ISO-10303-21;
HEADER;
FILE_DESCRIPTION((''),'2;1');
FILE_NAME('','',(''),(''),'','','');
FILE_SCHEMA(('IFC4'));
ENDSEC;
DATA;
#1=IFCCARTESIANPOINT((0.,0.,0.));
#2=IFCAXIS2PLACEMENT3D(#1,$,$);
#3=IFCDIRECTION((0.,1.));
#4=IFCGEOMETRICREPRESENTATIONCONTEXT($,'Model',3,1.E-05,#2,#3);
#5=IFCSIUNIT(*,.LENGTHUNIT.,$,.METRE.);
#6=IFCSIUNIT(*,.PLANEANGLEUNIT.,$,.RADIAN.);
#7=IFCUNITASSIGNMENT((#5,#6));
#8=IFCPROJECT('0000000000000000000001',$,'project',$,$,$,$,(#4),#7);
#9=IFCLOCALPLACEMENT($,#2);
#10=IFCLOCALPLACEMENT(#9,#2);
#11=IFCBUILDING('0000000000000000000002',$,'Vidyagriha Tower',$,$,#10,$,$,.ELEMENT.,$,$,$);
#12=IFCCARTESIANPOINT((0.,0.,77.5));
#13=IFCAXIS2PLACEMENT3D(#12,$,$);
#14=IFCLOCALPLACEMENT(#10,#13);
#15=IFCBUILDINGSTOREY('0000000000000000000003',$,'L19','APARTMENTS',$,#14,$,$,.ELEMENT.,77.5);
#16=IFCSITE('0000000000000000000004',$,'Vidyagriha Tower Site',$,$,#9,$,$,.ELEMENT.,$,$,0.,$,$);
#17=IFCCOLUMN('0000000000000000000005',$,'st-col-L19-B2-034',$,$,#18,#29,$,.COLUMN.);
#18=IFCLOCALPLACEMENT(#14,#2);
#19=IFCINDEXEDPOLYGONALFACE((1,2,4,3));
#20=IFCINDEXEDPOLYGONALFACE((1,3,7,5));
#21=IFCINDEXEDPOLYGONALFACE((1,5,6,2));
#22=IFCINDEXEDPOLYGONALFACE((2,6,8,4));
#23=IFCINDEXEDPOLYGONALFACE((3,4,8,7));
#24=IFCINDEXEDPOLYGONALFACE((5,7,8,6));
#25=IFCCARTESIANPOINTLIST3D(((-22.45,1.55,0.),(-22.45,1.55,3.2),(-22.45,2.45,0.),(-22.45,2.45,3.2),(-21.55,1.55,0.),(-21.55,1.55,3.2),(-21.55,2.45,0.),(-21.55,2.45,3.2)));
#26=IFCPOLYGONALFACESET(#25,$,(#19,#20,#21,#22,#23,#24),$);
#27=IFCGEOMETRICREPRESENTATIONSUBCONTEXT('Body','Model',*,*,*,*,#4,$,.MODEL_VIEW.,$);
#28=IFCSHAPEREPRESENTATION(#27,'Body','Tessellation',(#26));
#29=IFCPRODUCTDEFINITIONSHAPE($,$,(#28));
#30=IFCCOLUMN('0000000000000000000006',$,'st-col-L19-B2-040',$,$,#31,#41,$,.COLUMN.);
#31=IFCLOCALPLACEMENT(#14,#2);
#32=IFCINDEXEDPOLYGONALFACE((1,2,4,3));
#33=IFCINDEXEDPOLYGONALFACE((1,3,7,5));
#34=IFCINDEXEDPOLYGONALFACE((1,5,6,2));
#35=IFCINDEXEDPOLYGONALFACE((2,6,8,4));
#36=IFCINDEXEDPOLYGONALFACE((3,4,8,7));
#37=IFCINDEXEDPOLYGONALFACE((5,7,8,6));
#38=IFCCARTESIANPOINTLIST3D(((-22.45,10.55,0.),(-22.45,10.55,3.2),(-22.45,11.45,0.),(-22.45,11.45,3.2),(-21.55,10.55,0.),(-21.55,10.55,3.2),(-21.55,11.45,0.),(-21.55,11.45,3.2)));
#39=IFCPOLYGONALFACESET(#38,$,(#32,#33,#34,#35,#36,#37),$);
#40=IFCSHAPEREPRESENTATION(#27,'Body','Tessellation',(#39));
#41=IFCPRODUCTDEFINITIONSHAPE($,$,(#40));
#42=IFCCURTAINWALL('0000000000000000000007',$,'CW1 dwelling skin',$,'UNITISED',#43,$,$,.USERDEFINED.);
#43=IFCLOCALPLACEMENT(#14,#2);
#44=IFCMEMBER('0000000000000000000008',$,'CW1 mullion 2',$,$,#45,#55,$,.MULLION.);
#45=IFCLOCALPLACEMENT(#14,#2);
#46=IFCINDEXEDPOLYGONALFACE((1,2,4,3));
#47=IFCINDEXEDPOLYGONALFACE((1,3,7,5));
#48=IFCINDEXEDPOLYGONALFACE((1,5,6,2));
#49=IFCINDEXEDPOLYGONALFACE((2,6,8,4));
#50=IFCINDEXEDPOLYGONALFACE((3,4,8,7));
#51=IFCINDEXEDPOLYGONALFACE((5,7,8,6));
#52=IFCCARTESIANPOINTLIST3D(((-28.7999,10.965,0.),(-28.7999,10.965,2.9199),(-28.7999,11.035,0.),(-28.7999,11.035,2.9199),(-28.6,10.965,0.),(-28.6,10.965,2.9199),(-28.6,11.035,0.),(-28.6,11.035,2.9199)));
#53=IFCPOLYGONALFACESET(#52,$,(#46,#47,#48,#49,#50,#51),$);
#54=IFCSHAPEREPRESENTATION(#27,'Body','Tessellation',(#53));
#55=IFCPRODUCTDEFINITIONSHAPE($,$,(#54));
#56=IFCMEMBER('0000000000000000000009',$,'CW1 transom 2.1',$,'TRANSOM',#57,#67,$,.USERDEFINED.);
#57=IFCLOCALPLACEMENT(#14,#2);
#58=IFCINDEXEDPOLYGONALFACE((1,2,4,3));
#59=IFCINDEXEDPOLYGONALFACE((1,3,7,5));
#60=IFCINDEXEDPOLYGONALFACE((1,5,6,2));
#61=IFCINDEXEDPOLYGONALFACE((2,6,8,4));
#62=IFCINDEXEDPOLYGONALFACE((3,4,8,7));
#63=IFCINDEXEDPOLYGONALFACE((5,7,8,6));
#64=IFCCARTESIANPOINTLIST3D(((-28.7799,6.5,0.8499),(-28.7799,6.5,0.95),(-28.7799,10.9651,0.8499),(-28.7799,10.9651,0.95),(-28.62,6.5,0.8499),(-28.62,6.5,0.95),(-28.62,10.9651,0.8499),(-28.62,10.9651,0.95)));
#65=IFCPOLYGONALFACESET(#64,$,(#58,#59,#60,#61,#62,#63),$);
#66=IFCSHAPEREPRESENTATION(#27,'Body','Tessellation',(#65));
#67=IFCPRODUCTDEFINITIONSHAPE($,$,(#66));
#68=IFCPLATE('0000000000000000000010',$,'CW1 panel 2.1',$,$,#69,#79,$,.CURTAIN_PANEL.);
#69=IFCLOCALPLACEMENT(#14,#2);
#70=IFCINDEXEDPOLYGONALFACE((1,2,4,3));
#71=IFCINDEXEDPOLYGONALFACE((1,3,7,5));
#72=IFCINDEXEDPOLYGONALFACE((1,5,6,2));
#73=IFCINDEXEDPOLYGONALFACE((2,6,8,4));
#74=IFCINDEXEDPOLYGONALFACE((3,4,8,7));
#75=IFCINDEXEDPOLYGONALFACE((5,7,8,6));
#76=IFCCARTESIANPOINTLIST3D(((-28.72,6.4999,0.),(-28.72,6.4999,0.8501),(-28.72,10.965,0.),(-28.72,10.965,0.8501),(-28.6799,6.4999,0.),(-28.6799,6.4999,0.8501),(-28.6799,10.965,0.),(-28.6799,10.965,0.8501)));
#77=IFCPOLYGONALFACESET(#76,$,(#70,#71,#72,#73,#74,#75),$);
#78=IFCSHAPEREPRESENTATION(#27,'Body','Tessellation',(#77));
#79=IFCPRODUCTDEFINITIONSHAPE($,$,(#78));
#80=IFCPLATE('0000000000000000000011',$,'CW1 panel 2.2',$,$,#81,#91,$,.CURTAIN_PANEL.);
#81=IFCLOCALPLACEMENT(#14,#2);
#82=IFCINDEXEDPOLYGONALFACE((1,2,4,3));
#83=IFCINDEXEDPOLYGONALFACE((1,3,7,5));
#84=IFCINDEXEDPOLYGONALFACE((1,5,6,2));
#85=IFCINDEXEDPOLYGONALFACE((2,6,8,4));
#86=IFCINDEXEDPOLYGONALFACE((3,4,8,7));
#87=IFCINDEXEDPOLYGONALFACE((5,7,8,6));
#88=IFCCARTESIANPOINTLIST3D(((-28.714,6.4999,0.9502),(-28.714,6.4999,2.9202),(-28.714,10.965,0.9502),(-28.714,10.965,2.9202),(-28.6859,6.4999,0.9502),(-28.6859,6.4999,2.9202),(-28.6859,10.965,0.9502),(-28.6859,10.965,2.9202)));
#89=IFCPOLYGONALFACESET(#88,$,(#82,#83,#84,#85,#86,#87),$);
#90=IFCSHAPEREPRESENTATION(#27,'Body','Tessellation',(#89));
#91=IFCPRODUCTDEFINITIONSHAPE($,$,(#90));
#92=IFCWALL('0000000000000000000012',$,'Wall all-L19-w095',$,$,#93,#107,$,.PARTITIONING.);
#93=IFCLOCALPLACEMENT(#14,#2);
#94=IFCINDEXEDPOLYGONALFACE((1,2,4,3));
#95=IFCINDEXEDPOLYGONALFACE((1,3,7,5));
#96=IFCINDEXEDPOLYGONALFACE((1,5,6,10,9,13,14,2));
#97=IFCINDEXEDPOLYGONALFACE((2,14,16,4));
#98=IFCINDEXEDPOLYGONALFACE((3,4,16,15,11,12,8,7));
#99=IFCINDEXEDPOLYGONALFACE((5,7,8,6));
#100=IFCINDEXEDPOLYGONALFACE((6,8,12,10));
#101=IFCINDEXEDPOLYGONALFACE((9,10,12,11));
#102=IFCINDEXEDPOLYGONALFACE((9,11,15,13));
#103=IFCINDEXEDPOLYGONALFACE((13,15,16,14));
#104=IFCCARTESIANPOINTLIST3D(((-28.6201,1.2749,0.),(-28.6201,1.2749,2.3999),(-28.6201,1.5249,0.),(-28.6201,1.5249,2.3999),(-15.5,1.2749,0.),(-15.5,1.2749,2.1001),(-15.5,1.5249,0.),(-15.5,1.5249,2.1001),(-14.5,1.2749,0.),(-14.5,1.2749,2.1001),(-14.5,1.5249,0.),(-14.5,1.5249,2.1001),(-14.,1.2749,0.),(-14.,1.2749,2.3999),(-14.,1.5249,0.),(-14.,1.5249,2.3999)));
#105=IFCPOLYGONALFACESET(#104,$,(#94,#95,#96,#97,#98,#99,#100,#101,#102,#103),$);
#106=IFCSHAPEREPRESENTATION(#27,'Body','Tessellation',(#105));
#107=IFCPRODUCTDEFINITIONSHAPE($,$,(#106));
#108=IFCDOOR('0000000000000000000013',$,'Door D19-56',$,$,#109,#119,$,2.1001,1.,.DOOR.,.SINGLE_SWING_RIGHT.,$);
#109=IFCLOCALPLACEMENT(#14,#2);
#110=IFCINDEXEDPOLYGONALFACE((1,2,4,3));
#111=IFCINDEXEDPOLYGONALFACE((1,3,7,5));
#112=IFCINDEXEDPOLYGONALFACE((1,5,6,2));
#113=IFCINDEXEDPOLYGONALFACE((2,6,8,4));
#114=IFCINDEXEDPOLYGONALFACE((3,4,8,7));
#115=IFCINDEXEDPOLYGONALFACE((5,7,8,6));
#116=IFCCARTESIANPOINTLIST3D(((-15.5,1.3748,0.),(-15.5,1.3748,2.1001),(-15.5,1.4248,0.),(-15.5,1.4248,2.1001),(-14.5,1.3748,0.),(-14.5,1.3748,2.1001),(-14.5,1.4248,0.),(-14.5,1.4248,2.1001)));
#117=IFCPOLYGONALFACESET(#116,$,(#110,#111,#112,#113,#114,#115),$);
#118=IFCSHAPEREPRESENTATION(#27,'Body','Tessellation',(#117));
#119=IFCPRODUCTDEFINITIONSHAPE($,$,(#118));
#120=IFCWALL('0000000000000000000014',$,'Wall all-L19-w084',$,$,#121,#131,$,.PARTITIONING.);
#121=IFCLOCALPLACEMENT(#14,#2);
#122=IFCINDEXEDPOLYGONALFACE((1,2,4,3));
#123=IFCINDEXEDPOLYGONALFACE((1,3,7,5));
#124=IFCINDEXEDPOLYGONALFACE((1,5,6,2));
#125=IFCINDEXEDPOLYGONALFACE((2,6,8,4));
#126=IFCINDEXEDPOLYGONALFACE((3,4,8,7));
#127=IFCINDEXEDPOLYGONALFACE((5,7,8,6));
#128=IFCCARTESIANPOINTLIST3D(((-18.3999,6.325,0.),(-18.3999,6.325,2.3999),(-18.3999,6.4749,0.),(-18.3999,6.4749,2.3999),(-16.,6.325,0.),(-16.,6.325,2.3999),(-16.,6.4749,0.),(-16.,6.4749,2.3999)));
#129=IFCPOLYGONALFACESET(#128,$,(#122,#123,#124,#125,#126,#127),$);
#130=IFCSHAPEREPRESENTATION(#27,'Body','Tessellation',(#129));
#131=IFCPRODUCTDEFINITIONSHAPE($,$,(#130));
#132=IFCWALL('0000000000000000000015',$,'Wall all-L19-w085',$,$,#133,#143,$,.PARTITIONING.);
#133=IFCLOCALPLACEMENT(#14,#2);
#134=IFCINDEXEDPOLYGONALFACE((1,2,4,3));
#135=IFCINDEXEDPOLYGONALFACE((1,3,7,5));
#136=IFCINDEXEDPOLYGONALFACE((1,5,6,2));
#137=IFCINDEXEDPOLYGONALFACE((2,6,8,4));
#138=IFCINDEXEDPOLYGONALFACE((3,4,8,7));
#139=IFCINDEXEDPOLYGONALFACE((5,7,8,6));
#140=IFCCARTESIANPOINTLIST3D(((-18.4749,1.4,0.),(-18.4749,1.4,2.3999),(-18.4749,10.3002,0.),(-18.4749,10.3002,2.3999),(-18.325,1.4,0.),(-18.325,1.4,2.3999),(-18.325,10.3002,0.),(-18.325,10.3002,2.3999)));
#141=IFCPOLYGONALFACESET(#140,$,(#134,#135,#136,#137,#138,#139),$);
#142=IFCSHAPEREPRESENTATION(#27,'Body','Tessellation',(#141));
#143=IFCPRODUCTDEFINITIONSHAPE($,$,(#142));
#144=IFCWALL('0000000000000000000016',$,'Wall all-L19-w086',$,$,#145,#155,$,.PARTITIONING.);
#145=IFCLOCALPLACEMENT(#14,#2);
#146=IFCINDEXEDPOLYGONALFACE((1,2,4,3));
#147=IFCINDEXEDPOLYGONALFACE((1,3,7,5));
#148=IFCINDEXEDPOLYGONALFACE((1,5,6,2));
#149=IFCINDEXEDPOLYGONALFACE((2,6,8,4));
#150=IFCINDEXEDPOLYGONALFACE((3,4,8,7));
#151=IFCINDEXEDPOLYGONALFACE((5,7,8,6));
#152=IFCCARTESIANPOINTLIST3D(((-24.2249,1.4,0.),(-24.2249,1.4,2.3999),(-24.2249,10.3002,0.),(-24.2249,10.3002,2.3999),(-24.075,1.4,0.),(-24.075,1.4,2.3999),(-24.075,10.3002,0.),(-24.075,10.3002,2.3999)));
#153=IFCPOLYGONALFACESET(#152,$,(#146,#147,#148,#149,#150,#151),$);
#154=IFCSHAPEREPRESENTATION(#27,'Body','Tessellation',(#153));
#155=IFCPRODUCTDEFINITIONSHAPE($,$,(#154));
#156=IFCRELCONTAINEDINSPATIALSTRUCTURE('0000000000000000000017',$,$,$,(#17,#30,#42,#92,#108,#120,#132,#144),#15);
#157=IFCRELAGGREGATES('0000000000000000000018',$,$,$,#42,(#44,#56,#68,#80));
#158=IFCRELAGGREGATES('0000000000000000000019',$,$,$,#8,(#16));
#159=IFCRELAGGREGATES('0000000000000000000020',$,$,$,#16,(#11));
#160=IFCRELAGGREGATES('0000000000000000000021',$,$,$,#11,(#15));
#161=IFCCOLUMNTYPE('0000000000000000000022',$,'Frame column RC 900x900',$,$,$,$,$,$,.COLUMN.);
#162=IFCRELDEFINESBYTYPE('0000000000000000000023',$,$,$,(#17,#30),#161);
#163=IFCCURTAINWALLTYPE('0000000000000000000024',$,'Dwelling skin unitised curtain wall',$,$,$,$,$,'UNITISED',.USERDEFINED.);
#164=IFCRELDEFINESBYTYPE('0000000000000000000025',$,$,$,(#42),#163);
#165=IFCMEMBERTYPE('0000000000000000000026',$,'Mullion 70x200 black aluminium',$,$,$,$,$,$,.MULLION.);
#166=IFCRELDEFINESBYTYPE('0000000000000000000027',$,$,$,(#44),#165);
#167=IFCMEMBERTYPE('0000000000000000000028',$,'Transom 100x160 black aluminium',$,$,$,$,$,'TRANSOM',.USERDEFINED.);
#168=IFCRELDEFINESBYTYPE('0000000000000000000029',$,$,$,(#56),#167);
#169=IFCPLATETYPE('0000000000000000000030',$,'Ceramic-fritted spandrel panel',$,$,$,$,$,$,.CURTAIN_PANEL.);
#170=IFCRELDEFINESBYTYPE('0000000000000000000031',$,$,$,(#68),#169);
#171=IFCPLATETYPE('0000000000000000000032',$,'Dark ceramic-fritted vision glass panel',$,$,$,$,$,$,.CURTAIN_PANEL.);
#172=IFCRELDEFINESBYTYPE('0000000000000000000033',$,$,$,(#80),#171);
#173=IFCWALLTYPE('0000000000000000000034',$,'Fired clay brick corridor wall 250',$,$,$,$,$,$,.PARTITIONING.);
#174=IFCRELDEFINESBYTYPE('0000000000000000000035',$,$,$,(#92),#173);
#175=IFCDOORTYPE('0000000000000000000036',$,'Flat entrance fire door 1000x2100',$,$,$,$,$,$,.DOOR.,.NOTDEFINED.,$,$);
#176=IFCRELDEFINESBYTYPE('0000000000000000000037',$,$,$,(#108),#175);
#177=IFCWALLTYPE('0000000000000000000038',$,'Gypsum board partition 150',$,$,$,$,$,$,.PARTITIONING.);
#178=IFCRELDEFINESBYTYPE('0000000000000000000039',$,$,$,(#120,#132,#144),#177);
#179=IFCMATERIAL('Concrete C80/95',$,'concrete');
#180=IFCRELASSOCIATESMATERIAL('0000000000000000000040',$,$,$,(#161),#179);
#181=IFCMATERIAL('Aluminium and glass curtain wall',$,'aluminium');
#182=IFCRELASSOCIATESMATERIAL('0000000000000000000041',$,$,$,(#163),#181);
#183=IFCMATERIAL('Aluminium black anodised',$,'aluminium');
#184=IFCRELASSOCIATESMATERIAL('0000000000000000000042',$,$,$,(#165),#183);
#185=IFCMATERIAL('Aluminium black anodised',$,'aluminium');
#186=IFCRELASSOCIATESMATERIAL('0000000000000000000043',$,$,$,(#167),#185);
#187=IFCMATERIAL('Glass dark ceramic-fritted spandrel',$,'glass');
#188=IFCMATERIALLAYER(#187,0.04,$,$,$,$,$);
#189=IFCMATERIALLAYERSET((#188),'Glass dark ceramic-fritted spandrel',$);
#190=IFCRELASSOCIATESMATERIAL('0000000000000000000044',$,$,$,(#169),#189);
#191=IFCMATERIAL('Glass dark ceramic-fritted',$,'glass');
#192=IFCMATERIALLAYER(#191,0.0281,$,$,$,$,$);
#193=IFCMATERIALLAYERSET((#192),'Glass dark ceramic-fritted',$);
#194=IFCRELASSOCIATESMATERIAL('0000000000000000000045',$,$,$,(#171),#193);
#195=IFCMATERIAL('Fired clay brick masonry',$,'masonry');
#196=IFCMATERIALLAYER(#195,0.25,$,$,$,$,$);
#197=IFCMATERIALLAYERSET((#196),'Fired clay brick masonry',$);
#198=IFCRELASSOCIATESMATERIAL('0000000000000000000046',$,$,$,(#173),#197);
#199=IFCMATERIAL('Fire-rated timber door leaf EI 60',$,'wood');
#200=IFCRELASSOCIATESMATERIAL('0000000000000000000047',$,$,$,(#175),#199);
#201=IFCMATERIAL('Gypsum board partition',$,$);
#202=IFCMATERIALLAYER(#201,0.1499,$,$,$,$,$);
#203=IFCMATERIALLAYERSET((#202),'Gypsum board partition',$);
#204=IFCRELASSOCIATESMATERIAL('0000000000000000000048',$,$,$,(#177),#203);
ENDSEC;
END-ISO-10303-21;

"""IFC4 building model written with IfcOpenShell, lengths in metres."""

from ifc_helpers import new_model, si_unit, direction, frame, frame_2d, origin, origin_2d, place, context, subcontext, project, spatial, rectangle, extrude, material, layer, layer_set, material_profile, profile_set, type_object, element, fill, aggregate, save


model = new_model("IFC4")

# Units and contexts
model_context = context("Model", 3, precision=1e-05, world=origin(), true_north=direction((0.0, 1.0)))
body_context = subcontext(model_context, "Body", "Model", "MODEL_VIEW")
ifc_project = project(units=[si_unit("LENGTHUNIT", "METRE"), si_unit("PLANEANGLEUNIT", "RADIAN")], contexts=[model_context])

# Site, building, storey
site_placement = place(None, origin())
site = spatial("IfcSite", under=ifc_project, at=site_placement, Name="Vidyagriha Tower Site", CompositionType="ELEMENT", RefElevation=0.0)
building_placement = place(site_placement, origin())
building = spatial("IfcBuilding", under=site, at=building_placement, Name="Vidyagriha Tower", CompositionType="ELEMENT")
storey_placement = place(building_placement, frame((0.0, 0.0, 77.5)))
storey = spatial("IfcBuildingStorey", under=building, at=storey_placement, Name="L19", Description="APARTMENTS", CompositionType="ELEMENT", Elevation=77.5)

# Columns
ifc_material_1 = material(Name="Concrete C80/95", Category="concrete")
ifc_material_profile_1 = material_profile(ifc_material_1, rectangle(XDim=0.8999, YDim=0.8999, at=origin_2d()), Name="RC 900x900")
ifc_profile_set_1 = profile_set([ifc_material_profile_1], Name="Concrete C80/95")
column_type = type_object("IfcColumnType", Name="Frame column RC 900x900", PredefinedType="COLUMN", material=ifc_profile_set_1)
for number, where, name in (
    (1, (-22.0, 2.0, 0.0), "st-col-L19-B2-034"),
    (2, (-22.0, 11.0, 0.0), "st-col-L19-B2-040"),
):
    element("IfcColumn", number, at=place(storey_placement, frame(where)), inside=storey, type_object=column_type, Name=name, PredefinedType="COLUMN", context=body_context, shape_type="SweptSolid", body=[
        extrude(rectangle(XDim=0.8999, YDim=0.8999, at=origin_2d()), origin(), (0.0, 0.0, 1.0), 3.2),
    ])

# Curtain wall, members, plates
ifc_material_2 = material(Name="Aluminium and glass curtain wall", Category="aluminium")
curtain_wall_type = type_object("IfcCurtainWallType", Name="Dwelling skin unitised curtain wall", ElementType="UNITISED", PredefinedType="USERDEFINED", material=ifc_material_2)
curtain_wall_placement = place(storey_placement, origin())
curtain_wall = element("IfcCurtainWall", 3, at=curtain_wall_placement, inside=storey, type_object=curtain_wall_type, Name="CW1 dwelling skin", ObjectType="UNITISED", PredefinedType="USERDEFINED")
ifc_material_3 = material(Name="Aluminium black anodised", Category="aluminium")
ifc_material_profile_2 = material_profile(ifc_material_3, rectangle(XDim=0.2, YDim=0.0701, at=origin_2d()), Name="Mullion 70x200 black aluminium")
ifc_profile_set_2 = profile_set([ifc_material_profile_2], Name="Aluminium black anodised")
member_type_1 = type_object("IfcMemberType", Name="Mullion 70x200 black aluminium", PredefinedType="MULLION", material=ifc_profile_set_2)
member_1_placement = place(storey_placement, frame((-28.7, 11.0, 0.0)))
member_1 = element("IfcMember", 4, at=member_1_placement, type_object=member_type_1, Name="CW1 mullion 2", PredefinedType="MULLION", context=body_context, shape_type="SweptSolid", body=[
    extrude(rectangle(XDim=0.2, YDim=0.0701, at=origin_2d()), origin(), (0.0, 0.0, 1.0), 2.9199),
])
ifc_material_4 = material(Name="Aluminium black anodised", Category="aluminium")
ifc_material_profile_3 = material_profile(ifc_material_4, rectangle(XDim=0.1599, YDim=0.1001, at=origin_2d()), Name="Transom 100x160 black aluminium")
ifc_profile_set_3 = profile_set([ifc_material_profile_3], Name="Aluminium black anodised")
member_type_2 = type_object("IfcMemberType", Name="Transom 100x160 black aluminium", ElementType="TRANSOM", PredefinedType="USERDEFINED", material=ifc_profile_set_3)
member_2_placement = place(storey_placement, frame((-28.7, 10.9651, 0.8999), z_axis=(0.0, -1.0, 0.0), x_axis=(1.0, 0.0, 0.0)))
member_2 = element("IfcMember", 5, at=member_2_placement, type_object=member_type_2, Name="CW1 transom 2.1", ObjectType="TRANSOM", PredefinedType="USERDEFINED", context=body_context, shape_type="SweptSolid", body=[
    extrude(rectangle(XDim=0.1599, YDim=0.1001, at=origin_2d()), origin(), (0.0, 0.0, 1.0), 4.4651),
])
ifc_material_5 = material(Name="Glass dark ceramic-fritted spandrel", Category="glass")
ifc_layer_1 = layer(ifc_material_5, 0.04)
ifc_layer_set_1 = layer_set([ifc_layer_1], Name="Glass dark ceramic-fritted spandrel")
plate_type_1 = type_object("IfcPlateType", Name="Ceramic-fritted spandrel panel", PredefinedType="CURTAIN_PANEL", material=ifc_layer_set_1)
plate_1_placement = place(storey_placement, frame((-28.7, 8.7324, 0.0), z_axis=(0.0, 0.0, 1.0), x_axis=(0.0, -1.0, 0.0)))
plate_1 = element("IfcPlate", 6, at=plate_1_placement, type_object=plate_type_1, Name="CW1 panel 2.1", PredefinedType="CURTAIN_PANEL", context=body_context, shape_type="SweptSolid", body=[
    extrude(rectangle(XDim=4.4651, YDim=0.04, at=origin_2d()), origin(), (0.0, 0.0, 1.0), 0.8501),
])
ifc_material_6 = material(Name="Glass dark ceramic-fritted", Category="glass")
ifc_layer_2 = layer(ifc_material_6, 0.0281)
ifc_layer_set_2 = layer_set([ifc_layer_2], Name="Glass dark ceramic-fritted")
plate_type_2 = type_object("IfcPlateType", Name="Dark ceramic-fritted vision glass panel", PredefinedType="CURTAIN_PANEL", material=ifc_layer_set_2)
plate_2_placement = place(storey_placement, frame((-28.7, 8.7324, 0.9502), z_axis=(0.0, 0.0, 1.0), x_axis=(0.0, -1.0, 0.0)))
plate_2 = element("IfcPlate", 7, at=plate_2_placement, type_object=plate_type_2, Name="CW1 panel 2.2", PredefinedType="CURTAIN_PANEL", context=body_context, shape_type="SweptSolid", body=[
    extrude(rectangle(XDim=4.4651, YDim=0.0281, at=origin_2d()), origin(), (0.0, 0.0, 1.0), 1.97),
])
aggregate(curtain_wall, [member_1, member_2, plate_1, plate_2])

# Wall, opening, door
ifc_material_7 = material(Name="Fired clay brick masonry", Category="masonry")
ifc_layer_3 = layer(ifc_material_7, 0.25)
ifc_layer_set_3 = layer_set([ifc_layer_3], Name="Fired clay brick masonry")
wall_type_1 = type_object("IfcWallType", Name="Fired clay brick corridor wall 250", PredefinedType="PARTITIONING", material=ifc_layer_set_3)
wall_1_placement = place(storey_placement, frame((-28.6201, 1.3999, 0.0)))
wall_1 = element("IfcWall", 8, at=wall_1_placement, inside=storey, type_object=wall_type_1, Name="Wall all-L19-w095", PredefinedType="PARTITIONING", context=body_context, shape_type="SweptSolid", body=[
    extrude(rectangle(XDim=14.6201, YDim=0.25, at=frame_2d((7.3101, 0.0))), origin(), (0.0, 0.0, 1.0), 2.3999),
])
opening_1_placement = place(wall_1_placement, frame((13.1201, 0.0, 0.0)))
opening_1 = element("IfcOpeningElement", 9, at=opening_1_placement, cuts=wall_1, PredefinedType="OPENING", context=body_context, shape_type="SweptSolid", body=[
    extrude(rectangle(XDim=1.0, YDim=2.1001, at=frame_2d((0.5, 1.05))), frame((0.0, 0.135, 0.0), z_axis=(0.0, -1.0, 0.0), x_axis=(1.0, 0.0, 0.0)), (0.0, 0.0, 1.0), 0.27),
])
ifc_material_8 = material(Name="Fire-rated timber door leaf EI 60", Category="wood")
door_type_1 = type_object("IfcDoorType", Name="Flat entrance fire door 1000x2100", OperationType="NOTDEFINED", PredefinedType="DOOR", material=ifc_material_8)
door_1_placement = place(opening_1_placement, origin())
door_1 = element("IfcDoor", 10, at=door_1_placement, inside=storey, type_object=door_type_1, Name="Door D19-56", OperationType="SINGLE_SWING_RIGHT", OverallHeight=2.1001, OverallWidth=1.0, PredefinedType="DOOR", context=body_context, shape_type="SweptSolid", body=[
    extrude(rectangle(XDim=1.0, YDim=2.1001, at=frame_2d((0.5, 1.05))), frame((0.0, 0.0249, 0.0), z_axis=(0.0, -1.0, 0.0), x_axis=(1.0, 0.0, 0.0)), (0.0, 0.0, 1.0), 0.05),
])
fill(opening_1, door_1)

# Walls
ifc_material_9 = material(Name="Gypsum board partition")
ifc_layer_4 = layer(ifc_material_9, 0.1499)
ifc_layer_set_4 = layer_set([ifc_layer_4], Name="Gypsum board partition")
wall_type_2 = type_object("IfcWallType", Name="Gypsum board partition 150", PredefinedType="PARTITIONING", material=ifc_layer_set_4)
wall_2_placement = place(storey_placement, frame((-18.3999, 6.3999, 0.0)))
element("IfcWall", 11, at=wall_2_placement, inside=storey, type_object=wall_type_2, Name="Wall all-L19-w084", PredefinedType="PARTITIONING", context=body_context, shape_type="SweptSolid", body=[
    extrude(rectangle(XDim=2.3999, YDim=0.1499, at=frame_2d((1.2, 0.0))), origin(), (0.0, 0.0, 1.0), 2.3999),
])
for number, where, z_axis, x_axis, name in (
    (12, (-18.3999, 1.3999, 0.0), (0.0, 0.0, 1.0), (0.0, 1.0, 0.0), "Wall all-L19-w085"),
    (13, (-24.1499, 1.3999, 0.0), (0.0, 0.0, 1.0), (0.0, 1.0, 0.0), "Wall all-L19-w086"),
):
    element("IfcWall", number, at=place(storey_placement, frame(where, z_axis=z_axis, x_axis=x_axis)), inside=storey, type_object=wall_type_2, Name=name, PredefinedType="PARTITIONING", context=body_context, shape_type="SweptSolid", body=[
        extrude(rectangle(XDim=8.9001, YDim=0.1499, at=frame_2d((4.4502, 0.0))), origin(), (0.0, 0.0, 1.0), 2.3999),
    ])

save(model, "model.ifc")
